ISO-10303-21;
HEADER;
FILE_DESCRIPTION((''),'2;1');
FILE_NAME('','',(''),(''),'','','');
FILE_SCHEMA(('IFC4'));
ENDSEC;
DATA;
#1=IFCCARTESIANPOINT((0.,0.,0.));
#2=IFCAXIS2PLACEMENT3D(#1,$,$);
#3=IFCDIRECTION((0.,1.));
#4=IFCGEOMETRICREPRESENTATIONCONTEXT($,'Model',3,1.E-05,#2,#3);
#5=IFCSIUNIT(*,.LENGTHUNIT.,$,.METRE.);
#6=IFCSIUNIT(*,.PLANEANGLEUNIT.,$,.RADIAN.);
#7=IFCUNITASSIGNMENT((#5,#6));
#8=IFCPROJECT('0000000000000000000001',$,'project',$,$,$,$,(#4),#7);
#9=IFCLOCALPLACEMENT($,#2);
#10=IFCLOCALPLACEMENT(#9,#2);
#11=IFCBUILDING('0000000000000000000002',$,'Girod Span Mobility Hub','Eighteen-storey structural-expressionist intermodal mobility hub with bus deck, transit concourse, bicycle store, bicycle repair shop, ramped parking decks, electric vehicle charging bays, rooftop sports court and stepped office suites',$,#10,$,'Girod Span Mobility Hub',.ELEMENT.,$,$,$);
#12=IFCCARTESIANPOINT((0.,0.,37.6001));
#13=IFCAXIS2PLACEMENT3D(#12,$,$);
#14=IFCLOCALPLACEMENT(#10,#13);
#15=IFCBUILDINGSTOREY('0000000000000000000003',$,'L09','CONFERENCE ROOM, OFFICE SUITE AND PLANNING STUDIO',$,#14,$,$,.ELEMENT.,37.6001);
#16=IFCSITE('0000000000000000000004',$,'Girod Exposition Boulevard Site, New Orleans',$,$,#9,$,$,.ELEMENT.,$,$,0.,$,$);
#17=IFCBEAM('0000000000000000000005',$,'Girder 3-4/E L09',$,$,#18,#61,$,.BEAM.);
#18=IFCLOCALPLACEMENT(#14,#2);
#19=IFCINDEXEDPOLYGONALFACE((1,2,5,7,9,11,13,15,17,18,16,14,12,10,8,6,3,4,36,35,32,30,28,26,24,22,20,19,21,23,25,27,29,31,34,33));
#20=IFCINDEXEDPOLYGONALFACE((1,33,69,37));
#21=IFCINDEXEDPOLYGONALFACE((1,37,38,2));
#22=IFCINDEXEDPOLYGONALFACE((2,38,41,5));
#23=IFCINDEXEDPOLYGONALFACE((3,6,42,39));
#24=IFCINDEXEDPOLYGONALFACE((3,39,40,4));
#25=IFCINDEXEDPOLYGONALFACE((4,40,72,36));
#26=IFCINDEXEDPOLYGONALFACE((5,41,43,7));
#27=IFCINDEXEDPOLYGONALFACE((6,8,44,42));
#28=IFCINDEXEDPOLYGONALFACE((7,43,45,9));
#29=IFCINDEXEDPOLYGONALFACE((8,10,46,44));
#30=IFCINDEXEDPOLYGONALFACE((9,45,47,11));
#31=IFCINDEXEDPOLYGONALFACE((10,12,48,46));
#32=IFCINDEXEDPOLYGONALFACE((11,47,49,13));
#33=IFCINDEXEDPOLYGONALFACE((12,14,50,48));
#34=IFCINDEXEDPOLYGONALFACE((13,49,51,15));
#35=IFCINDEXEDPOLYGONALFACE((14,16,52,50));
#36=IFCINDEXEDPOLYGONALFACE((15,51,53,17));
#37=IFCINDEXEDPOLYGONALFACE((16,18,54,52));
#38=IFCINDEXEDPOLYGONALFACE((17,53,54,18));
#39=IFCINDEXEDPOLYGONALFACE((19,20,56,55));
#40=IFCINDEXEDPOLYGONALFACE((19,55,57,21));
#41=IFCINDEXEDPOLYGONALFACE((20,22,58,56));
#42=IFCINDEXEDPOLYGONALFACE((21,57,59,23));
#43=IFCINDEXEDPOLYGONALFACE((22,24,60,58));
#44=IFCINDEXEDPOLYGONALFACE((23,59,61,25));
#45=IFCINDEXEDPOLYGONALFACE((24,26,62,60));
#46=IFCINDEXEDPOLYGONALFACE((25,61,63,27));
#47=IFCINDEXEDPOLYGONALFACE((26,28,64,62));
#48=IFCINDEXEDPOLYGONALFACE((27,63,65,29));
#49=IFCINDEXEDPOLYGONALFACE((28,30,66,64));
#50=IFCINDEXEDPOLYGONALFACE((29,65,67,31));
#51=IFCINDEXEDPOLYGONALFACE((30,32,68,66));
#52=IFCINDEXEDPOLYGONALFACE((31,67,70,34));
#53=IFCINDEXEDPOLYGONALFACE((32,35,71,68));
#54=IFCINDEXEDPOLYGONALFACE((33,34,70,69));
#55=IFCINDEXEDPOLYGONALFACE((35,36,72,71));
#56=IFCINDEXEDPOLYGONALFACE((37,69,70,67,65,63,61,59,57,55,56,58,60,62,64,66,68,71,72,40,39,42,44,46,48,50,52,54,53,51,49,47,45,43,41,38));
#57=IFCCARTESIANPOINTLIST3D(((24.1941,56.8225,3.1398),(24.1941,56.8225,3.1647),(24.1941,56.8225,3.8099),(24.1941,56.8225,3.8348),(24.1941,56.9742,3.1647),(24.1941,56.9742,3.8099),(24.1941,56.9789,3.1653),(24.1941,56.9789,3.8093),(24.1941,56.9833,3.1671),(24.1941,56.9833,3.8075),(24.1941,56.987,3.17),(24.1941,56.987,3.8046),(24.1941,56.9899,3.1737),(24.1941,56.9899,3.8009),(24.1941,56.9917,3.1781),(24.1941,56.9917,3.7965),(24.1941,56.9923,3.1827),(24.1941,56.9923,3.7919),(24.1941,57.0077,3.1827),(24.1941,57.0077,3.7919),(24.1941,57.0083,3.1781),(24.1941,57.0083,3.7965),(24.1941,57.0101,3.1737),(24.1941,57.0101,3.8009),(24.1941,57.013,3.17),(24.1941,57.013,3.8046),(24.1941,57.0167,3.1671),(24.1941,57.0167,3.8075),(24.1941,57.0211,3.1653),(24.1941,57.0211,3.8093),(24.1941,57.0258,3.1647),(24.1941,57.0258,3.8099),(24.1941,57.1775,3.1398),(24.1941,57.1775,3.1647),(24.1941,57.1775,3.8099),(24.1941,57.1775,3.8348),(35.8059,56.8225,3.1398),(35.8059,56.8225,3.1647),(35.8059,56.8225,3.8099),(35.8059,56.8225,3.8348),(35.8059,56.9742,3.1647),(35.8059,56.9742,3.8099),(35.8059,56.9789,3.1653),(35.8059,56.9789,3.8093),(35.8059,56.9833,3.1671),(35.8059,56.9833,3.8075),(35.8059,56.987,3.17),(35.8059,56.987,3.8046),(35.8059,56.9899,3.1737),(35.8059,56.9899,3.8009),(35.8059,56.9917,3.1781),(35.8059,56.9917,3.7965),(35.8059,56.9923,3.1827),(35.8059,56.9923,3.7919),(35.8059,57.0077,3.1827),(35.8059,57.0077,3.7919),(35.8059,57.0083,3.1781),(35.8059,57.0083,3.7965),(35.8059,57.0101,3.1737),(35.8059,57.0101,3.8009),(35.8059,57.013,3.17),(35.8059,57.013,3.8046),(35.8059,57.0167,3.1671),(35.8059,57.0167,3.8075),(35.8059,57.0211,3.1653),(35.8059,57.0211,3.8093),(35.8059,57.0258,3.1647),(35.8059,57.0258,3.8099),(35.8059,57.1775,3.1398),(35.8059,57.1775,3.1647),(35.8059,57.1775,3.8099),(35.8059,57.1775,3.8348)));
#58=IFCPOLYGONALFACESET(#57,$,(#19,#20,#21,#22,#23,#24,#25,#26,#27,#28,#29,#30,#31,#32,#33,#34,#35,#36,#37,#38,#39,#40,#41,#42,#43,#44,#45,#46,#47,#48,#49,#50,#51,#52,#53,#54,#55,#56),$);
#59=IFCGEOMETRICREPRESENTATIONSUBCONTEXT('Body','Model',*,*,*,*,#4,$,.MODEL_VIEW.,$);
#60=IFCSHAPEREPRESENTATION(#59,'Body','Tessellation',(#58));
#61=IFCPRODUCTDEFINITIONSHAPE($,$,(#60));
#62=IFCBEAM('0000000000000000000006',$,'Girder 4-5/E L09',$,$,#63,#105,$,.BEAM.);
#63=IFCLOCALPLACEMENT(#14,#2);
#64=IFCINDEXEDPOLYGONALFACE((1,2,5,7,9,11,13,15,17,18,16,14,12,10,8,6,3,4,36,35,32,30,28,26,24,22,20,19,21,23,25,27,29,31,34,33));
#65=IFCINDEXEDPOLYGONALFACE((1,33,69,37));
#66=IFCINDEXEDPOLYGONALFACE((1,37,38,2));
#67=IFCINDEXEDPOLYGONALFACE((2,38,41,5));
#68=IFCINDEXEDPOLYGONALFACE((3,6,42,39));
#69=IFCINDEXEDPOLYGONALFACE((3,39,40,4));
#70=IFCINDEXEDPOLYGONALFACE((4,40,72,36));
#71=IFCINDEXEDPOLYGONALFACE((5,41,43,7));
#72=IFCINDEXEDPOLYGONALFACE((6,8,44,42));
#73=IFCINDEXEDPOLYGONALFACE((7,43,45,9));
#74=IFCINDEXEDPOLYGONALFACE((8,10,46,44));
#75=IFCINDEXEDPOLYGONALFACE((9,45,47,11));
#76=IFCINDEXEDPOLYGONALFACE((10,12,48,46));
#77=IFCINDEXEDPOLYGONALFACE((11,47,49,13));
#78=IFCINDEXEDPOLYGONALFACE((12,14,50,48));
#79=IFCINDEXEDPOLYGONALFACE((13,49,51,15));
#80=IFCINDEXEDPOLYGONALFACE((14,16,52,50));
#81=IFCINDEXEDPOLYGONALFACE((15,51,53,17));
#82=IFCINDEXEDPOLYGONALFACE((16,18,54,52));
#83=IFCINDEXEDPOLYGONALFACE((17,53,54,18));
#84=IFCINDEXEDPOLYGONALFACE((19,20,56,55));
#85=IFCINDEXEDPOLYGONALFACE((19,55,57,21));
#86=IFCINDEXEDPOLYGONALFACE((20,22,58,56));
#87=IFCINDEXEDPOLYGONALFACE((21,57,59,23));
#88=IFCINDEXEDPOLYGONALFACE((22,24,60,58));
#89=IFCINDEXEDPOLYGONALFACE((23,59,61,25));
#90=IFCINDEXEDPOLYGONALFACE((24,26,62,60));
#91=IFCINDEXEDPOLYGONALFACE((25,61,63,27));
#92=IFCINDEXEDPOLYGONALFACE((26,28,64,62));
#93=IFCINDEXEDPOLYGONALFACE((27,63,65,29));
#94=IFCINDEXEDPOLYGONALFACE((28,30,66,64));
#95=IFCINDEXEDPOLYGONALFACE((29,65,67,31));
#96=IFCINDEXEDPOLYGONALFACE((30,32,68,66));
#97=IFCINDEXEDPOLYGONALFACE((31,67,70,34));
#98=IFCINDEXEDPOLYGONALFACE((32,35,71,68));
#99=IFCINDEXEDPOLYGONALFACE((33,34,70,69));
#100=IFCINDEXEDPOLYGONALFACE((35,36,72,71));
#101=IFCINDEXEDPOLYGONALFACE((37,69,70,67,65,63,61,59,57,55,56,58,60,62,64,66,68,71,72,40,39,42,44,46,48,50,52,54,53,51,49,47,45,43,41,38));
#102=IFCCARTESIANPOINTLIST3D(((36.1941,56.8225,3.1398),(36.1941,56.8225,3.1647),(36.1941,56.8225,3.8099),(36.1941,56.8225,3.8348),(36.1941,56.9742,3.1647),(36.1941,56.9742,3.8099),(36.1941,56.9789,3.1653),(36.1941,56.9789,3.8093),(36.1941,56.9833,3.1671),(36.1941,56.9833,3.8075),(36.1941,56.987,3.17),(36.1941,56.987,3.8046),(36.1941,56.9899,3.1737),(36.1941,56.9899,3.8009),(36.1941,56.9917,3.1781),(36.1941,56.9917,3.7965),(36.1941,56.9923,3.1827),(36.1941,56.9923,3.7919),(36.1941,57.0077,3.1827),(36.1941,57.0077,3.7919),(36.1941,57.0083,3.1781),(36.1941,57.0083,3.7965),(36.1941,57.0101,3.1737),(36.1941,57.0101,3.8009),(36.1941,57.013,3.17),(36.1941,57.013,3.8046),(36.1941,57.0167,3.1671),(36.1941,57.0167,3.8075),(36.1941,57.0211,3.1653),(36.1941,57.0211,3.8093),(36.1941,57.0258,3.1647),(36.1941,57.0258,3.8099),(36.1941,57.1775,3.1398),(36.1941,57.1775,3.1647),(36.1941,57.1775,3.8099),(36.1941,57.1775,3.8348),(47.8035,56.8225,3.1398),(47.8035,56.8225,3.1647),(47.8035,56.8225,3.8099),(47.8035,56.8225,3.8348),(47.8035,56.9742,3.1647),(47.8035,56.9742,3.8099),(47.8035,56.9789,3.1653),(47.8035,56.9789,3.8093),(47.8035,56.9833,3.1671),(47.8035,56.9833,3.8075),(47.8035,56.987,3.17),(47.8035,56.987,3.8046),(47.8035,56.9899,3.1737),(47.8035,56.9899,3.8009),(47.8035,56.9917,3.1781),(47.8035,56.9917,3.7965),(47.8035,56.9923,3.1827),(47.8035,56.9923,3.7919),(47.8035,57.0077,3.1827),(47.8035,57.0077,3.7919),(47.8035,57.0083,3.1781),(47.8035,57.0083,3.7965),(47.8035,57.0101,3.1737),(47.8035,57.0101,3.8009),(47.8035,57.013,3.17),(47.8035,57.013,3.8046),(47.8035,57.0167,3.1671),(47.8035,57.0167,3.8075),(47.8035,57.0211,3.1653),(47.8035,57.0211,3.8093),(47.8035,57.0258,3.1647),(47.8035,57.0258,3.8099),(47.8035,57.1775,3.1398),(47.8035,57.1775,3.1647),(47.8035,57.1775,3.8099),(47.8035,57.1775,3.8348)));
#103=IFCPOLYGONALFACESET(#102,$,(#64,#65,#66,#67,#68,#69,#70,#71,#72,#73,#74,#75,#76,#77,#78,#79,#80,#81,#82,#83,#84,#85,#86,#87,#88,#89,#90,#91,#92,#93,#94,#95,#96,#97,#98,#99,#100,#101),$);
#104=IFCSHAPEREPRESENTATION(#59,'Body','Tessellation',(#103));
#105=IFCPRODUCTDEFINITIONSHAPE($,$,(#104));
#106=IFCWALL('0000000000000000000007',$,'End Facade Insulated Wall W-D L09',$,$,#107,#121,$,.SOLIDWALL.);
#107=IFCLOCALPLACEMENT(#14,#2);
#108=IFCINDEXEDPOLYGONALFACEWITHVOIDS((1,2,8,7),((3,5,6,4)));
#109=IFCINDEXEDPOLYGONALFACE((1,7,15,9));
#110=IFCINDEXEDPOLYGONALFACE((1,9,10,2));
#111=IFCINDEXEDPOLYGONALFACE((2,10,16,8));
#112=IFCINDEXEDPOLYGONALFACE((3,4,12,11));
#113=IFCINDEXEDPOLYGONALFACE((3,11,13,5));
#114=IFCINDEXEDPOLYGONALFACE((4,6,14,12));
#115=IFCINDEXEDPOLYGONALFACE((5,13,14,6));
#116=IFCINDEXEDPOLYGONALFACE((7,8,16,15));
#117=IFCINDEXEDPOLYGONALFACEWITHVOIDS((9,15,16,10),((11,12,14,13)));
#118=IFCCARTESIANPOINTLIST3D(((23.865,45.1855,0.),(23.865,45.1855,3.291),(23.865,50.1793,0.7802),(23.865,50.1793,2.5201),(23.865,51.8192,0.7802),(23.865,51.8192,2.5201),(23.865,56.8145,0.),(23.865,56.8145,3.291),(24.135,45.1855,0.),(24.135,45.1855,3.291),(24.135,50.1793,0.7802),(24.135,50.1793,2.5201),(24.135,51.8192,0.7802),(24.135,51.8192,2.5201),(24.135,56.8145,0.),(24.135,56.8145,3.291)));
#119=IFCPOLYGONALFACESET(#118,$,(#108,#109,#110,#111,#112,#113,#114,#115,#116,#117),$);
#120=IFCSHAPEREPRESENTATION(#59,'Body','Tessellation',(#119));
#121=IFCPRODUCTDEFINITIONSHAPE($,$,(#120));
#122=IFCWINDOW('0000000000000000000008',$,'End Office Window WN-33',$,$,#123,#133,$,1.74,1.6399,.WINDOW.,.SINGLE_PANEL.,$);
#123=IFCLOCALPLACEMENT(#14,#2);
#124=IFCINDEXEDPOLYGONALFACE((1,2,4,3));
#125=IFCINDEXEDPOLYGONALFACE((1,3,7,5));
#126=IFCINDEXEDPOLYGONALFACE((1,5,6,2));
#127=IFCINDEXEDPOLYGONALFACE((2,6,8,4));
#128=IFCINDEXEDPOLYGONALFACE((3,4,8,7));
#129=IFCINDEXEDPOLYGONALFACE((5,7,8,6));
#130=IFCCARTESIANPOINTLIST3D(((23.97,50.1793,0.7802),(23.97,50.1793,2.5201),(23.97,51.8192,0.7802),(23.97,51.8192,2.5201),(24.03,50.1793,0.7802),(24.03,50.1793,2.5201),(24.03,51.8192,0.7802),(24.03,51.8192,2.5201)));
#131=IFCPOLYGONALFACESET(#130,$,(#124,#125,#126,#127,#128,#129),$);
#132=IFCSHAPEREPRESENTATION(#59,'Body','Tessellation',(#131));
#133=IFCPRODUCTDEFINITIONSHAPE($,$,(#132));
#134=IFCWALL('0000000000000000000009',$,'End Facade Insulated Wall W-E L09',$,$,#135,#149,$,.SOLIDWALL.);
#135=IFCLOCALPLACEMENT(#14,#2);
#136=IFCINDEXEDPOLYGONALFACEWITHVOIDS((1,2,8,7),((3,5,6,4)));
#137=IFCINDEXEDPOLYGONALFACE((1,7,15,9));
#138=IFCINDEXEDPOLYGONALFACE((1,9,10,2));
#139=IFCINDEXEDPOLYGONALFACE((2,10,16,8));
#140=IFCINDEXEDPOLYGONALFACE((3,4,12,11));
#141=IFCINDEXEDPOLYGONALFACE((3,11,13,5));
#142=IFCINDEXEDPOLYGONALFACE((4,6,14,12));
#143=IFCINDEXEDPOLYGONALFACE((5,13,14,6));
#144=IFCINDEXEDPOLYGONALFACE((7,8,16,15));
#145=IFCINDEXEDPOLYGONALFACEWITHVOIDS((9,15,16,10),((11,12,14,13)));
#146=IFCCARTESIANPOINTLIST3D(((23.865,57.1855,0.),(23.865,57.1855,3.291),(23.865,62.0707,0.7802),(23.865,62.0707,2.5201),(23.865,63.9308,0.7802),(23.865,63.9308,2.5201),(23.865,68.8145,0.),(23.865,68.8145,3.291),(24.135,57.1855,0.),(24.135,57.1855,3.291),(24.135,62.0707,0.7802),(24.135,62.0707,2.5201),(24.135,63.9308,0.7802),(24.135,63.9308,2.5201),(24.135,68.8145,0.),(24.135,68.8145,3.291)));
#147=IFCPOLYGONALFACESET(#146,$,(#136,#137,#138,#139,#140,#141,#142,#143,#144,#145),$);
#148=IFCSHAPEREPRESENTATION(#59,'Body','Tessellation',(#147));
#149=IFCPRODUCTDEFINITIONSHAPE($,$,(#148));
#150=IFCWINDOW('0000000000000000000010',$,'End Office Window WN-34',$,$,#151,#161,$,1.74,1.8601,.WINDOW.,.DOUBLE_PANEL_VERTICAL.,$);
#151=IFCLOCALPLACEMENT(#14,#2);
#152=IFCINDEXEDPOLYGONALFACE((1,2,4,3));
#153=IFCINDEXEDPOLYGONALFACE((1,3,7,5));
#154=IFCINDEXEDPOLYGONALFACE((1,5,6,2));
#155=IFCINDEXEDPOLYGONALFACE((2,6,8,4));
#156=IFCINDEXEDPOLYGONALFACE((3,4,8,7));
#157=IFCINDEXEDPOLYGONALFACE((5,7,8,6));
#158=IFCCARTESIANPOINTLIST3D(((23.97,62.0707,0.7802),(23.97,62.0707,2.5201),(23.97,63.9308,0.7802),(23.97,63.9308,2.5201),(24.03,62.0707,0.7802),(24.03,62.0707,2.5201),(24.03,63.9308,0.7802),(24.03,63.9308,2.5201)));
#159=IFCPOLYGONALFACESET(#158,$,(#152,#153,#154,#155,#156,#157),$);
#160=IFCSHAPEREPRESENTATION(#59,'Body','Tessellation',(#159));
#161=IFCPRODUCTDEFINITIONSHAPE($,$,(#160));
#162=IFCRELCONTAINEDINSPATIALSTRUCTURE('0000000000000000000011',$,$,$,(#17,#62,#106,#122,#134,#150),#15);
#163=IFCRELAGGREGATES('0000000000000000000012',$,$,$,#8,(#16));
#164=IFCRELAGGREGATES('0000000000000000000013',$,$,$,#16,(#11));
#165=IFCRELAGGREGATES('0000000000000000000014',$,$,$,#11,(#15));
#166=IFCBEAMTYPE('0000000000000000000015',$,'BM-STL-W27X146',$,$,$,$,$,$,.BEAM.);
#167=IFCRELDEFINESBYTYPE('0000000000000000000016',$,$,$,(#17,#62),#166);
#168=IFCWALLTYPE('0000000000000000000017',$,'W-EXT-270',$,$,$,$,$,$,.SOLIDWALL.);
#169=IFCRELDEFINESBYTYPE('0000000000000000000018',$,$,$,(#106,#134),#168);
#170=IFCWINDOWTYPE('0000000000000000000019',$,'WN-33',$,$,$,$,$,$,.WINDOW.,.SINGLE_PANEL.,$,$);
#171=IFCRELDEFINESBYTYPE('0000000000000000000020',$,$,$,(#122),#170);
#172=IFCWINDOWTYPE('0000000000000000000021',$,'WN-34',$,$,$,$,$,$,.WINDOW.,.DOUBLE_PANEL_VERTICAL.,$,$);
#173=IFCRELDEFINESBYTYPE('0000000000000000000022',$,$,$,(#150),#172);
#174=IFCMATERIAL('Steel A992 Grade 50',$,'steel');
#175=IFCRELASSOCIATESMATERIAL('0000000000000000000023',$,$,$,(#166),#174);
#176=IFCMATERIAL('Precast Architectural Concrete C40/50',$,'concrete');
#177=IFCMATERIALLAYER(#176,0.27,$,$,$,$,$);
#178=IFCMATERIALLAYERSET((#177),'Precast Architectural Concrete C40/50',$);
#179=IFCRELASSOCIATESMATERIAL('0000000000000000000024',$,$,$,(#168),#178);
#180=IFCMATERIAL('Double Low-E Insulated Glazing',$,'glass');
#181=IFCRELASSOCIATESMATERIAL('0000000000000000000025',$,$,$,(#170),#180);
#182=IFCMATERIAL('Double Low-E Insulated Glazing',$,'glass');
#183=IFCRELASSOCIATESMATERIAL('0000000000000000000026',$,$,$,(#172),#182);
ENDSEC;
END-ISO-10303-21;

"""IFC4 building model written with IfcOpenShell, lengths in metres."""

from ifc_helpers import new_model, si_unit, direction, frame, frame_2d, origin, origin_2d, place, context, subcontext, project, spatial, rectangle, i_section, extrude, material, layer, layer_set, material_profile, profile_set, type_object, element, fill, save


model = new_model("IFC4")

# Units and contexts
model_context = context("Model", 3, precision=1e-05, world=origin(), true_north=direction((0.0, 1.0)))
body_context = subcontext(model_context, "Body", "Model", "MODEL_VIEW")
ifc_project = project(units=[si_unit("LENGTHUNIT", "METRE"), si_unit("PLANEANGLEUNIT", "RADIAN")], contexts=[model_context])

# Site, building, storey
site_placement = place(None, origin())
site = spatial("IfcSite", under=ifc_project, at=site_placement, Name="Girod Exposition Boulevard Site, New Orleans", CompositionType="ELEMENT", RefElevation=0.0)
building_placement = place(site_placement, origin())
building = spatial("IfcBuilding", under=site, at=building_placement, Name="Girod Span Mobility Hub", Description="Eighteen-storey structural-expressionist intermodal mobility hub with bus deck, transit concourse, bicycle store, bicycle repair shop, ramped parking decks, electric vehicle charging bays, rooftop sports court and stepped office suites", LongName="Girod Span Mobility Hub", CompositionType="ELEMENT")
storey_placement = place(building_placement, frame((0.0, 0.0, 37.6001)))
storey = spatial("IfcBuildingStorey", under=building, at=storey_placement, Name="L09", Description="CONFERENCE ROOM, OFFICE SUITE AND PLANNING STUDIO", CompositionType="ELEMENT", Elevation=37.6001)

# Beams
ifc_material_1 = material(Name="Steel A992 Grade 50", Category="steel")
ifc_material_profile_1 = material_profile(ifc_material_1, i_section(OverallWidth=0.355, OverallDepth=0.6951, WebThickness=0.0154, FlangeThickness=0.0249, FilletRadius=0.0181, at=origin_2d()), Name="W27X146")
ifc_profile_set_1 = profile_set([ifc_material_profile_1], Name="Steel A992 Grade 50")
beam_type_1 = type_object("IfcBeamType", Name="BM-STL-W27X146", PredefinedType="BEAM", material=ifc_profile_set_1)
beam_1_placement = place(storey_placement, frame((24.1941, 57.0, 3.4873), z_axis=(1.0, 0.0, 0.0), x_axis=(0.0, 1.0, 0.0)))
element("IfcBeam", 1, at=beam_1_placement, inside=storey, type_object=beam_type_1, Name="Girder 3-4/E L09", PredefinedType="BEAM", context=body_context, shape_type="SweptSolid", body=[
    extrude(i_section(OverallWidth=0.355, OverallDepth=0.6951, WebThickness=0.0154, FlangeThickness=0.0249, FilletRadius=0.0181, at=origin_2d()), origin(), (0.0, 0.0, 1.0), 11.6118),
])
beam_2_placement = place(storey_placement, frame((36.1941, 57.0, 3.4873), z_axis=(1.0, 0.0, 0.0), x_axis=(0.0, 1.0, 0.0)))
element("IfcBeam", 2, at=beam_2_placement, inside=storey, type_object=beam_type_1, Name="Girder 4-5/E L09", PredefinedType="BEAM", context=body_context, shape_type="SweptSolid", body=[
    extrude(i_section(OverallWidth=0.355, OverallDepth=0.6951, WebThickness=0.0154, FlangeThickness=0.0249, FilletRadius=0.0181, at=origin_2d()), origin(), (0.0, 0.0, 1.0), 11.6094),
])

# Walls, openings, windows
ifc_material_2 = material(Name="Precast Architectural Concrete C40/50", Category="concrete")
ifc_layer_1 = layer(ifc_material_2, 0.27)
ifc_layer_set_1 = layer_set([ifc_layer_1], Name="Precast Architectural Concrete C40/50")
wall_type_1 = type_object("IfcWallType", Name="W-EXT-270", PredefinedType="SOLIDWALL", material=ifc_layer_set_1)
wall_1_placement = place(storey_placement, frame((24.0, 45.1855, 0.0), z_axis=(0.0, 0.0, 1.0), x_axis=(0.0, 1.0, 0.0)))
wall_1 = element("IfcWall", 3, at=wall_1_placement, inside=storey, type_object=wall_type_1, Name="End Facade Insulated Wall W-D L09", PredefinedType="SOLIDWALL", context=body_context, shape_type="SweptSolid", body=[
    extrude(rectangle(XDim=11.6289, YDim=0.27, at=frame_2d((5.8145, 0.0))), origin(), (0.0, 0.0, 1.0), 3.291),
])
opening_1_placement = place(wall_1_placement, frame((4.9939, 0.0, 0.78)))
opening_1 = element("IfcOpeningElement", 4, at=opening_1_placement, cuts=wall_1, PredefinedType="OPENING", context=body_context, shape_type="SweptSolid", body=[
    extrude(rectangle(XDim=1.6399, YDim=1.74, at=frame_2d((0.8198, 0.8701))), frame((0.0, 0.1499, 0.0), z_axis=(0.0, -1.0, 0.0), x_axis=(1.0, 0.0, 0.0)), (0.0, 0.0, 1.0), 0.3),
])
ifc_material_3 = material(Name="Double Low-E Insulated Glazing", Category="glass")
window_type_1 = type_object("IfcWindowType", Name="WN-33", PartitioningType="SINGLE_PANEL", PredefinedType="WINDOW", material=ifc_material_3)
window_1_placement = place(opening_1_placement, origin())
window_1 = element("IfcWindow", 5, at=window_1_placement, inside=storey, type_object=window_type_1, Name="End Office Window WN-33", OverallHeight=1.74, OverallWidth=1.6399, PartitioningType="SINGLE_PANEL", PredefinedType="WINDOW", context=body_context, shape_type="SweptSolid", body=[
    extrude(rectangle(XDim=1.6399, YDim=1.74, at=frame_2d((0.8198, 0.8701))), frame((0.0, 0.03, 0.0), z_axis=(0.0, -1.0, 0.0), x_axis=(1.0, 0.0, 0.0)), (0.0, 0.0, 1.0), 0.0601),
])
fill(opening_1, window_1)
wall_2_placement = place(storey_placement, frame((24.0, 57.1855, 0.0), z_axis=(0.0, 0.0, 1.0), x_axis=(0.0, 1.0, 0.0)))
wall_2 = element("IfcWall", 6, at=wall_2_placement, inside=storey, type_object=wall_type_1, Name="End Facade Insulated Wall W-E L09", PredefinedType="SOLIDWALL", context=body_context, shape_type="SweptSolid", body=[
    extrude(rectangle(XDim=11.6289, YDim=0.27, at=frame_2d((5.8145, 0.0))), origin(), (0.0, 0.0, 1.0), 3.291),
])
opening_2_placement = place(wall_2_placement, frame((4.885, 0.0, 0.78)))
opening_2 = element("IfcOpeningElement", 7, at=opening_2_placement, cuts=wall_2, PredefinedType="OPENING", context=body_context, shape_type="SweptSolid", body=[
    extrude(rectangle(XDim=1.8601, YDim=1.74, at=frame_2d((0.9302, 0.8701))), frame((0.0, 0.1499, 0.0), z_axis=(0.0, -1.0, 0.0), x_axis=(1.0, 0.0, 0.0)), (0.0, 0.0, 1.0), 0.3),
])
ifc_material_4 = material(Name="Double Low-E Insulated Glazing", Category="glass")
window_type_2 = type_object("IfcWindowType", Name="WN-34", PartitioningType="DOUBLE_PANEL_VERTICAL", PredefinedType="WINDOW", material=ifc_material_4)
window_2_placement = place(opening_2_placement, origin())
window_2 = element("IfcWindow", 8, at=window_2_placement, inside=storey, type_object=window_type_2, Name="End Office Window WN-34", OverallHeight=1.74, OverallWidth=1.8601, PartitioningType="DOUBLE_PANEL_VERTICAL", PredefinedType="WINDOW", context=body_context, shape_type="SweptSolid", body=[
    extrude(rectangle(XDim=1.8601, YDim=1.74, at=frame_2d((0.9302, 0.8701))), frame((0.0, 0.03, 0.0), z_axis=(0.0, -1.0, 0.0), x_axis=(1.0, 0.0, 0.0)), (0.0, 0.0, 1.0), 0.0601),
])
fill(opening_2, window_2)

save(model, "model.ifc")
